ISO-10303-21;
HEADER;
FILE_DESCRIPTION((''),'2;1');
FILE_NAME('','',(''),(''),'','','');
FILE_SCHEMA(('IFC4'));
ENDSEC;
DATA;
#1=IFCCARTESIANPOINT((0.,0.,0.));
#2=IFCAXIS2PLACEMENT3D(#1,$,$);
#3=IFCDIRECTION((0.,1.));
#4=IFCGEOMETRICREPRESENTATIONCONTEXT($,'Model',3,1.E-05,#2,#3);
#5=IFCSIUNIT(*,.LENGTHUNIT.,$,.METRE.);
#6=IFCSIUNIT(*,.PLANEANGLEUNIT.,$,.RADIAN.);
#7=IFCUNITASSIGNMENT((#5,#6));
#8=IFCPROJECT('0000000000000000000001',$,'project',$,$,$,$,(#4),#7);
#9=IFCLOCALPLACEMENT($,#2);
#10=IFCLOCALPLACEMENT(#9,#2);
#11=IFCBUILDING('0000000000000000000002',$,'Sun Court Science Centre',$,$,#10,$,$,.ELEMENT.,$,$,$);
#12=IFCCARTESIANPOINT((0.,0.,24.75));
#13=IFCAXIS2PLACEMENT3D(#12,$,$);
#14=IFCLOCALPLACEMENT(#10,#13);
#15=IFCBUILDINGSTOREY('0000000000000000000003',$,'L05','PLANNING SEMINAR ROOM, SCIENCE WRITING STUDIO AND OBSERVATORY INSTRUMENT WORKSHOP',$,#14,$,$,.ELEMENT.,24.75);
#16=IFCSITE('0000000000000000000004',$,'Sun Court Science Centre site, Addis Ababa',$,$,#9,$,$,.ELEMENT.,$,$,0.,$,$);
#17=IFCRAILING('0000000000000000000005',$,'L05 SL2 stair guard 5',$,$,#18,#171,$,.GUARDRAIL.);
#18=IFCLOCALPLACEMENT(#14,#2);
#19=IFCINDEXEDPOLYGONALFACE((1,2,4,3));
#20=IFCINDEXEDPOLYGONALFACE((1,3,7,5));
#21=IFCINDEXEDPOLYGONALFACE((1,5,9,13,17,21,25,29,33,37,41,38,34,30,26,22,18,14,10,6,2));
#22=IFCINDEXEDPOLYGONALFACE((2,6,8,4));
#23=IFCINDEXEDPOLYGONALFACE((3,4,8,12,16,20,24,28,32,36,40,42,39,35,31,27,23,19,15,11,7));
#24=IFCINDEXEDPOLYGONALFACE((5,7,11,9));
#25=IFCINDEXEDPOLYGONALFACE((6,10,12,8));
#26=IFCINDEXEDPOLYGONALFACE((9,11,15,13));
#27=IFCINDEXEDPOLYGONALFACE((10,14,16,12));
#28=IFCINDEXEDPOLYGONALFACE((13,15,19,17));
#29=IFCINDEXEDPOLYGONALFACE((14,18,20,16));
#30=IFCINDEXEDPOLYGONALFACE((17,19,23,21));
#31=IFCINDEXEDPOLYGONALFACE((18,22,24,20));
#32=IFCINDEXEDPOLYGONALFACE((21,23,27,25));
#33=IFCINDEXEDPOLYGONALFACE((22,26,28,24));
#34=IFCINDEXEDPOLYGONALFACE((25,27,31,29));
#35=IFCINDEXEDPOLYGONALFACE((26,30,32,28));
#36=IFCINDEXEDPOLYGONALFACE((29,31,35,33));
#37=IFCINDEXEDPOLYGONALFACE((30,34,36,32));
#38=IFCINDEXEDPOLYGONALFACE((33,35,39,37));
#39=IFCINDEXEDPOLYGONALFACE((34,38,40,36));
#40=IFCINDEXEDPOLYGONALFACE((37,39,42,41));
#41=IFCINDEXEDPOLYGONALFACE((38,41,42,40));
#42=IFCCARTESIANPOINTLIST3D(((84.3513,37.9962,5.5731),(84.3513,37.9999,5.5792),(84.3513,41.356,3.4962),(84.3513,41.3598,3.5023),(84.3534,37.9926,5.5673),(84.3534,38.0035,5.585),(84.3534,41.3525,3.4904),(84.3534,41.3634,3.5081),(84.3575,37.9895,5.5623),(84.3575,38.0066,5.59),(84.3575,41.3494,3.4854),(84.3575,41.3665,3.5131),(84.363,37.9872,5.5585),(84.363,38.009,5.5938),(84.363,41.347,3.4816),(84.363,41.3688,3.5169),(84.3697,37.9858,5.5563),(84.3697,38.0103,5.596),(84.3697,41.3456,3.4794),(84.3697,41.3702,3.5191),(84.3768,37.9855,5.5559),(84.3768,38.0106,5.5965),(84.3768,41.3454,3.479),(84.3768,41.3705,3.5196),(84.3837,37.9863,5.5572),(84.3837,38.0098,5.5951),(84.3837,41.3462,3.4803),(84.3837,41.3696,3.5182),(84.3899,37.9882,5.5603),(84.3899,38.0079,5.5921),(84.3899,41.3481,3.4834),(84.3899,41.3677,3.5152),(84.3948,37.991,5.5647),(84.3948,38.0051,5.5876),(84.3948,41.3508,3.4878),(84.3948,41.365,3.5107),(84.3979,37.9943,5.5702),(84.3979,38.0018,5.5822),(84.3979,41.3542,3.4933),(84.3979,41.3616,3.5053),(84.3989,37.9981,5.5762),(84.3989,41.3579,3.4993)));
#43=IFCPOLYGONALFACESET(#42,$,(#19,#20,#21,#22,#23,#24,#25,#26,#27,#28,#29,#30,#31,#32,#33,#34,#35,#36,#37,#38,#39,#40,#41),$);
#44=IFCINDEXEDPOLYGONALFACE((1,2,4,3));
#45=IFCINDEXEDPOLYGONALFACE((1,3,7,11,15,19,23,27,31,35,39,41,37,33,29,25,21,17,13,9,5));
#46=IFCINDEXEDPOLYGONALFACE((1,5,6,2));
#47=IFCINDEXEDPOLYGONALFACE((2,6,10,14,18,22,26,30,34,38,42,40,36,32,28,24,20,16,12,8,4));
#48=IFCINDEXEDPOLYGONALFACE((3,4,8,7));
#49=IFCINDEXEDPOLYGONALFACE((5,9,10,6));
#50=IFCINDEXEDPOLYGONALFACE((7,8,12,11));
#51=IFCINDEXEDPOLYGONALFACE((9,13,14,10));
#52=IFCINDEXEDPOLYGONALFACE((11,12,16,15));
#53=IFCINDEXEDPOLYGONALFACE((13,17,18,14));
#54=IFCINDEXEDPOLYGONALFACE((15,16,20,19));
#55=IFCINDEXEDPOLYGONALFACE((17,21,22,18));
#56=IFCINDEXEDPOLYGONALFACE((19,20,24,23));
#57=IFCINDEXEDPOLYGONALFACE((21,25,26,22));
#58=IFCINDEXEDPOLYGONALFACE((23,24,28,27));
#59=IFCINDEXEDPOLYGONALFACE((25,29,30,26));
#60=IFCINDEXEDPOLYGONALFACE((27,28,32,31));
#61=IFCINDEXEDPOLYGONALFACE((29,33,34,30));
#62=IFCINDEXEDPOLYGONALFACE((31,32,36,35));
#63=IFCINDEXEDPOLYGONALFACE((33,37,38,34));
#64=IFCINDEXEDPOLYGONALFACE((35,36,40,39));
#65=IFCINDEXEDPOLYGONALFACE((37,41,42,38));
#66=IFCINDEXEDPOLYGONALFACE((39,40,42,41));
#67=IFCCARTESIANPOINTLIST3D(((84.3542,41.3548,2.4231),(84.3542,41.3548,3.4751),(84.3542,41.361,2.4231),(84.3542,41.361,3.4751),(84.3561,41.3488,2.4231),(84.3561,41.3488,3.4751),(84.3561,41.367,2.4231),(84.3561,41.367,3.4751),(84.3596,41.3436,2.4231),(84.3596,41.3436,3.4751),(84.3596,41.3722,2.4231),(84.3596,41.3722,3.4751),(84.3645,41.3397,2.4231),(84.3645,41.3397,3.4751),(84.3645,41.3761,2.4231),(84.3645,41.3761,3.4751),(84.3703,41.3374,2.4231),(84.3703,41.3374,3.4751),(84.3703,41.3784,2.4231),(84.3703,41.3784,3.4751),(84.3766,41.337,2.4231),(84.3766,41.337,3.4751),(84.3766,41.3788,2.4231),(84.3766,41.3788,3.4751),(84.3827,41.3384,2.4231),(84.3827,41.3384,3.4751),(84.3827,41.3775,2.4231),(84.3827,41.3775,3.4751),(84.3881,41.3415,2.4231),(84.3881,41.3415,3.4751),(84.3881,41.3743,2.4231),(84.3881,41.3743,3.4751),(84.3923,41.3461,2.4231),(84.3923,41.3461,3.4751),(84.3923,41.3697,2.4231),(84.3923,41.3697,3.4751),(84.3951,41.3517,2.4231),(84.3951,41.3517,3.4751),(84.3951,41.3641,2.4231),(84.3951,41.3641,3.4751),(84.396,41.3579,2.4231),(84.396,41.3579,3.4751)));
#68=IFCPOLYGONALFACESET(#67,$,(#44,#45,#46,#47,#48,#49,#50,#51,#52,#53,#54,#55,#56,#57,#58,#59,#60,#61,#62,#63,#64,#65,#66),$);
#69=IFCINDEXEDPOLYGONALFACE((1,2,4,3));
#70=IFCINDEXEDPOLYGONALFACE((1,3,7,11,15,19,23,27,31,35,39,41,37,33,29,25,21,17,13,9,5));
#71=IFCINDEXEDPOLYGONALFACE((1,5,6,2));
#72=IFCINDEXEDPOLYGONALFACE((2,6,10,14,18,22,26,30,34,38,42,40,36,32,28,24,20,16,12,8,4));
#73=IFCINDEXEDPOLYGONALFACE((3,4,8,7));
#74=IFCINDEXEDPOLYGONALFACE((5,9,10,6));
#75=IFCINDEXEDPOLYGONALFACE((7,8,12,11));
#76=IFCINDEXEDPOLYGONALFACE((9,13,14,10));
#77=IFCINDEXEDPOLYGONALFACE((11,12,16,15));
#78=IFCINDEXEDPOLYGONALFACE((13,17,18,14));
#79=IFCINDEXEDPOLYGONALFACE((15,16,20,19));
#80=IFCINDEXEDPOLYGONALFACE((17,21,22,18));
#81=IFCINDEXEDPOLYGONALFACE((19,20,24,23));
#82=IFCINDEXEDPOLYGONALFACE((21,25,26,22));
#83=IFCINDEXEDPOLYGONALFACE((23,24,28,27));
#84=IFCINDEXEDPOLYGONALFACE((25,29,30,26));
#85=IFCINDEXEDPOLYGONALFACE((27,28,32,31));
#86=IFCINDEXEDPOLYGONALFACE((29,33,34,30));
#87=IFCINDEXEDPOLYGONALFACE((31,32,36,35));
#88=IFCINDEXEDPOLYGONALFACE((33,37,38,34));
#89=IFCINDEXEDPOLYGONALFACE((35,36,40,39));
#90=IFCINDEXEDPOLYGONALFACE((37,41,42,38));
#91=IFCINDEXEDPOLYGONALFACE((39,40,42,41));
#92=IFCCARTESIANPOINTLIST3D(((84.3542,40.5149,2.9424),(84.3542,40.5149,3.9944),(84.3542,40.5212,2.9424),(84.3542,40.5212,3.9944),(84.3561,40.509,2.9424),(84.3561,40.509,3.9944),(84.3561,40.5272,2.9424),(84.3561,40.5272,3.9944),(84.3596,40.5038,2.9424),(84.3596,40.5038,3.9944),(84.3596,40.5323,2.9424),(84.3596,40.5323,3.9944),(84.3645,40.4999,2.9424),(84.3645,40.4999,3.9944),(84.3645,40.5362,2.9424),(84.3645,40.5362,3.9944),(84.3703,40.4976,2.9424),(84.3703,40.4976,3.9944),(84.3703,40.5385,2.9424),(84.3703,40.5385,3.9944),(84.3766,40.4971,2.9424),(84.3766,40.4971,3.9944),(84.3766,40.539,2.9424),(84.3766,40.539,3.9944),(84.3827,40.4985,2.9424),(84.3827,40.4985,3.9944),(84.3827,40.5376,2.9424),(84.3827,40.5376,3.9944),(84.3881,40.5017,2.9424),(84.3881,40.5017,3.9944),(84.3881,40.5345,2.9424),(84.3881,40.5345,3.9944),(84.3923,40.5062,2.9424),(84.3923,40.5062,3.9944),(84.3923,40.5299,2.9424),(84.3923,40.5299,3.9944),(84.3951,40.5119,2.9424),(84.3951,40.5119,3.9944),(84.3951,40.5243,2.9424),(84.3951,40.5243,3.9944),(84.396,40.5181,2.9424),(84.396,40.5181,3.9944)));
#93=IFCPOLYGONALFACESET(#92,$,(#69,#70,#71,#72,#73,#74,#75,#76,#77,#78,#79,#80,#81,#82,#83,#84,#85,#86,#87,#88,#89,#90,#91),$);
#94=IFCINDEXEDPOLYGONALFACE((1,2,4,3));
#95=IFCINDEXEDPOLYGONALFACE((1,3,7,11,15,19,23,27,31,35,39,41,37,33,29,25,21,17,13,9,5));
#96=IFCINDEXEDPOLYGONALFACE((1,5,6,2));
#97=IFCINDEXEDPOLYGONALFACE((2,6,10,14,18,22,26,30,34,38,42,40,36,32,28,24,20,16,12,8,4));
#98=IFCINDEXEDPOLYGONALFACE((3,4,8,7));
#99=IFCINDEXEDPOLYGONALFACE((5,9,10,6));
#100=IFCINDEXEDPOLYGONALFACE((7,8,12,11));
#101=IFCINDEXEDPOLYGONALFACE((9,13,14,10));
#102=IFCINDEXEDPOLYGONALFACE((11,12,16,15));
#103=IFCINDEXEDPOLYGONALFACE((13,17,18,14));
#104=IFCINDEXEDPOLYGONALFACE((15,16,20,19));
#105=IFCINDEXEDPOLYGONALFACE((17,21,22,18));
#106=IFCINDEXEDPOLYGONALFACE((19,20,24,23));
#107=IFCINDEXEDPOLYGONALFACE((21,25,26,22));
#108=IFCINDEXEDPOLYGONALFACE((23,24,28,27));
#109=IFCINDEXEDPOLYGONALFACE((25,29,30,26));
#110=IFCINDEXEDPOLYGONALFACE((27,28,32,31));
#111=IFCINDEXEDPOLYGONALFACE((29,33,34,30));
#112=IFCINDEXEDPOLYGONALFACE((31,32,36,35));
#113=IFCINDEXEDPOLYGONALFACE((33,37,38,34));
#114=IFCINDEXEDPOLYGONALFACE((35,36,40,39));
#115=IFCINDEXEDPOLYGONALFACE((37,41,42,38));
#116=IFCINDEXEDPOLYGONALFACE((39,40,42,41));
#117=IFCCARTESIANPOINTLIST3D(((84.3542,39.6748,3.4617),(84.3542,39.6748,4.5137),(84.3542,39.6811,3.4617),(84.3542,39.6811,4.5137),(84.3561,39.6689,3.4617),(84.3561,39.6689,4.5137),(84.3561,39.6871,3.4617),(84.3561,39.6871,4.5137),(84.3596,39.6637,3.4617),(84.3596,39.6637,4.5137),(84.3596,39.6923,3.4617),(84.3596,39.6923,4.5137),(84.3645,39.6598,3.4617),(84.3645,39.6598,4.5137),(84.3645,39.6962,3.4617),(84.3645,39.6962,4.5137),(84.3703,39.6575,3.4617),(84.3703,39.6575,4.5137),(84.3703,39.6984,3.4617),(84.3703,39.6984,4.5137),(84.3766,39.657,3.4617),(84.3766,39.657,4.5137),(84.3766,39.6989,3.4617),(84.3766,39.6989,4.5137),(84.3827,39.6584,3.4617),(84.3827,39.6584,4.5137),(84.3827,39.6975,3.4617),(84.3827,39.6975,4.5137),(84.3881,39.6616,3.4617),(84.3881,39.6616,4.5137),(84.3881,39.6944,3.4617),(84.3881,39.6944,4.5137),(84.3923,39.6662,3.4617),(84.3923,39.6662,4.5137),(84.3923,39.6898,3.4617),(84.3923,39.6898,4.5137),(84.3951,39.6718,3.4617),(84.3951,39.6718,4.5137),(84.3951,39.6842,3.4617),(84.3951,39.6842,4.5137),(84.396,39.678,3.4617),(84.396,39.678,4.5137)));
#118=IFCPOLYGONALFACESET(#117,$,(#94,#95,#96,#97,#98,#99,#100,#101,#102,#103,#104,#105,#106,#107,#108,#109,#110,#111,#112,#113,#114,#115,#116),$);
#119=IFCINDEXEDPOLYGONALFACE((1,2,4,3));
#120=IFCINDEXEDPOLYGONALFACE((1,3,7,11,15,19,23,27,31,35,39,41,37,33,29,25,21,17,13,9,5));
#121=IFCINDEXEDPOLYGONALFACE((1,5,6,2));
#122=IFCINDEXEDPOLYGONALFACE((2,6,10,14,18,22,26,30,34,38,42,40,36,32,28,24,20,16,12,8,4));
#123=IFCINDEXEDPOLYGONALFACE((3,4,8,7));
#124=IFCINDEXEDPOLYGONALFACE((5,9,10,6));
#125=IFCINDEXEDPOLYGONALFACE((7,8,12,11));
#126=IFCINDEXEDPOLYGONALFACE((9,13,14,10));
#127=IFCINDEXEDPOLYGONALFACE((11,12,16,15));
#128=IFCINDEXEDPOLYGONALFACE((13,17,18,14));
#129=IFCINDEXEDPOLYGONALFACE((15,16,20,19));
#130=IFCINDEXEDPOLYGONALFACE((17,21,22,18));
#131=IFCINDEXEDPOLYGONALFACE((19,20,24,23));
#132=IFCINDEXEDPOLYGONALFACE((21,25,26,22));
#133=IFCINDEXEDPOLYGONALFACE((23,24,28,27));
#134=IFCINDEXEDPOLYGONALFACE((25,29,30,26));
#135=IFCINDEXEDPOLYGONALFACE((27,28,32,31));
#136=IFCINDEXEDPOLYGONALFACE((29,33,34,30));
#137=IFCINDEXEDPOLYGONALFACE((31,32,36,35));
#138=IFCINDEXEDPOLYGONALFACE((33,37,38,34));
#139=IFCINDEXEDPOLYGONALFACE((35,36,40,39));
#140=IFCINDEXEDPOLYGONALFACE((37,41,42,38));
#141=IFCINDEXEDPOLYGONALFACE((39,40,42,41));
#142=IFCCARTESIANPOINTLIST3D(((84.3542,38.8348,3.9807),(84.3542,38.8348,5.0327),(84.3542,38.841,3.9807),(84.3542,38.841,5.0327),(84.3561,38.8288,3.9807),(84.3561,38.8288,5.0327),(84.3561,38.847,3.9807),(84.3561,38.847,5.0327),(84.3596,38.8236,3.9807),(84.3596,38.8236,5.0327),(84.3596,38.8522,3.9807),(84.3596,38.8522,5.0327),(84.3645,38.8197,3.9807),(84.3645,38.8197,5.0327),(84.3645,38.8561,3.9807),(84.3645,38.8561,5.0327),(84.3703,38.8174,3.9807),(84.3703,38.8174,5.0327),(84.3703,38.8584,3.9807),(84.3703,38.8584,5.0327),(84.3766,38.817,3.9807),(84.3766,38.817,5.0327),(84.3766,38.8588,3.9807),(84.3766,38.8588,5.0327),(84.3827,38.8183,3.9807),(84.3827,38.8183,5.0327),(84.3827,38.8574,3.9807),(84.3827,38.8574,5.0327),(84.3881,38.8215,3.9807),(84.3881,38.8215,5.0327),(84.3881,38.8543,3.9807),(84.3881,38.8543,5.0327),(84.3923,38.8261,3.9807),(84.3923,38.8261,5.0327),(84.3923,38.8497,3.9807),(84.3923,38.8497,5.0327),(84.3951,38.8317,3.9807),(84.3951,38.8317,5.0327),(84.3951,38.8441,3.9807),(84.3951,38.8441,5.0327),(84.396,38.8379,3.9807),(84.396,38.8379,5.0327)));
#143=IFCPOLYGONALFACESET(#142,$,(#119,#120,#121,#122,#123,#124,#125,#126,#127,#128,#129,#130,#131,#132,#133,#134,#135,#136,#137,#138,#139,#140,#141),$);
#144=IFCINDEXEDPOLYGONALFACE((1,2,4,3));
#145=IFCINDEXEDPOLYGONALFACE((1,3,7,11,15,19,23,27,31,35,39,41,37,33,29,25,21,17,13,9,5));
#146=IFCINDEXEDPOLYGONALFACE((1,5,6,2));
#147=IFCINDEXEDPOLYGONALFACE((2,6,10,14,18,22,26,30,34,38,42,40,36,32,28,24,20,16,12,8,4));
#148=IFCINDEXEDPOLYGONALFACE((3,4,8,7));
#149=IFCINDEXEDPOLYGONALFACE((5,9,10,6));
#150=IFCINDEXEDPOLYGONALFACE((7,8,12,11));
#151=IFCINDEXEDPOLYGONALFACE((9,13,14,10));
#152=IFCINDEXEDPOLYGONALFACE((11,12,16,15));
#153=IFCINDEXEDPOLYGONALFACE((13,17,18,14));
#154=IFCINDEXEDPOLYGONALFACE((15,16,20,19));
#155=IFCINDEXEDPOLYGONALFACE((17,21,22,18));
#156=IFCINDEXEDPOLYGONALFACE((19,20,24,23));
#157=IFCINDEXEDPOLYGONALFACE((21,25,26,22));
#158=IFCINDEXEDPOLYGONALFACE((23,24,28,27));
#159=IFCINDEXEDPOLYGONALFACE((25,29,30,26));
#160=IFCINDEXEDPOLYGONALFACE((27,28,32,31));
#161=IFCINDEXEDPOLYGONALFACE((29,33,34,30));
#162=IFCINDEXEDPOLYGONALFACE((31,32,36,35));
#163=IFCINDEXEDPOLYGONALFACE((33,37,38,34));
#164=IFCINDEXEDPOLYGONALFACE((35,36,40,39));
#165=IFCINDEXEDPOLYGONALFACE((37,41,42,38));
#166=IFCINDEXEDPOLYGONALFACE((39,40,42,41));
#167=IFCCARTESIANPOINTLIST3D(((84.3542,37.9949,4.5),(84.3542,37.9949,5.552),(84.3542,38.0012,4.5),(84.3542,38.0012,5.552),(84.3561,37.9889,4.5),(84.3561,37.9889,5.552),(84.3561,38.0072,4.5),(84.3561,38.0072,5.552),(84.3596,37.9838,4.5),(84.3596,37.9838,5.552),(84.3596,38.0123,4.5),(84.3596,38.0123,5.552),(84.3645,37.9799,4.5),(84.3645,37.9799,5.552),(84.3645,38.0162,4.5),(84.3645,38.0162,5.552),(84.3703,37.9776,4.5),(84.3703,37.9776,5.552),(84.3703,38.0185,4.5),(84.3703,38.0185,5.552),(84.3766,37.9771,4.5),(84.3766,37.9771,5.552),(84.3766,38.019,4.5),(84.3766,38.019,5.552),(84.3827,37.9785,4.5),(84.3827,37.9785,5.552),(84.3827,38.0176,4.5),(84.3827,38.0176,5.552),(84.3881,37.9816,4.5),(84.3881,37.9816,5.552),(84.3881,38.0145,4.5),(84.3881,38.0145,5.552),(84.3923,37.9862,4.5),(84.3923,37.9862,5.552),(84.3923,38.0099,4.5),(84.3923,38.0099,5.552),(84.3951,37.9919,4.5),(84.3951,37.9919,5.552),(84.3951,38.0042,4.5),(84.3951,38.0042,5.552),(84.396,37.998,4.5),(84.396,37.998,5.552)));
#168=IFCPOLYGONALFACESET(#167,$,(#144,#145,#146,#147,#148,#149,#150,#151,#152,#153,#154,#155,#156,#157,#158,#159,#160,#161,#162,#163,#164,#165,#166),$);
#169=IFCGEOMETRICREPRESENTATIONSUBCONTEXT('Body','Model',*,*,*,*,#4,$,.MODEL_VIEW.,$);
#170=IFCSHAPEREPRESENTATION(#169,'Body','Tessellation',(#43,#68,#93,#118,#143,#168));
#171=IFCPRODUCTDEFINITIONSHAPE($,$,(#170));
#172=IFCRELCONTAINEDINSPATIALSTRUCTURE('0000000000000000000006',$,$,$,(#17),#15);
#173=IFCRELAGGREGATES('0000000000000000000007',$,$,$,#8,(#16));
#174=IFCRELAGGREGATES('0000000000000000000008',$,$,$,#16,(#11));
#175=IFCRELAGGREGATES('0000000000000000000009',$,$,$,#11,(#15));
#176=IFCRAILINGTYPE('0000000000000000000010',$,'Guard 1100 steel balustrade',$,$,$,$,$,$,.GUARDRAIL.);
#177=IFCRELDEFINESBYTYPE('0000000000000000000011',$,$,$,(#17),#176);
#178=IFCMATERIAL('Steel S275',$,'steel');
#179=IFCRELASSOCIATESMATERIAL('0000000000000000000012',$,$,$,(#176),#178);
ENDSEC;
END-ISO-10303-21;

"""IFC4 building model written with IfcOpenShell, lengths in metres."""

from ifc_helpers import new_model, si_unit, direction, frame, origin, origin_2d, place, context, subcontext, project, spatial, circle, extrude, material, type_object, element, save


model = new_model("IFC4")

# Units and contexts
model_context = context("Model", 3, precision=1e-05, world=origin(), true_north=direction((0.0, 1.0)))
body_context = subcontext(model_context, "Body", "Model", "MODEL_VIEW")
ifc_project = project(units=[si_unit("LENGTHUNIT", "METRE"), si_unit("PLANEANGLEUNIT", "RADIAN")], contexts=[model_context])

# Site, building, storey
site_placement = place(None, origin())
site = spatial("IfcSite", under=ifc_project, at=site_placement, Name="Sun Court Science Centre site, Addis Ababa", CompositionType="ELEMENT", RefElevation=0.0)
building_placement = place(site_placement, origin())
building = spatial("IfcBuilding", under=site, at=building_placement, Name="Sun Court Science Centre", CompositionType="ELEMENT")
storey_placement = place(building_placement, frame((0.0, 0.0, 24.75)))
storey = spatial("IfcBuildingStorey", under=building, at=storey_placement, Name="L05", Description="PLANNING SEMINAR ROOM, SCIENCE WRITING STUDIO AND OBSERVATORY INSTRUMENT WORKSHOP", CompositionType="ELEMENT", Elevation=24.75)

# Railing
ifc_material_1 = material(Name="Steel S275", Category="steel")
railing_type_1 = type_object("IfcRailingType", Name="Guard 1100 steel balustrade", PredefinedType="GUARDRAIL", material=ifc_material_1)
railing_1_placement = place(storey_placement, frame((84.375, 41.3579, 2.4231)))
element("IfcRailing", 1, at=railing_1_placement, inside=storey, type_object=railing_type_1, Name="L05 SL2 stair guard 5", PredefinedType="GUARDRAIL", context=body_context, shape_type="SweptSolid", body=[
    extrude(circle(Radius=0.0239, at=origin_2d()), frame((0.0, 0.0, 1.0762), z_axis=(0.0, -0.850606, 0.525803), x_axis=(1.0, 0.0, 0.0)), (0.0, 0.0, 1.0), 3.95),
    extrude(circle(Radius=0.021, at=origin_2d()), origin(), (0.0, 0.0, 1.0), 1.052),
    extrude(circle(Radius=0.021, at=origin_2d()), frame((0.0, -0.8398, 0.5193)), (0.0, 0.0, 1.0), 1.052),
    extrude(circle(Radius=0.021, at=origin_2d()), frame((0.0, -1.6799, 1.0386)), (0.0, 0.0, 1.0), 1.052),
    extrude(circle(Radius=0.021, at=origin_2d()), frame((0.0, -2.52, 1.5576)), (0.0, 0.0, 1.0), 1.052),
    extrude(circle(Radius=0.021, at=origin_2d()), frame((0.0, -3.3599, 2.0769)), (0.0, 0.0, 1.0), 1.052),
])

save(model, "model.ifc")
